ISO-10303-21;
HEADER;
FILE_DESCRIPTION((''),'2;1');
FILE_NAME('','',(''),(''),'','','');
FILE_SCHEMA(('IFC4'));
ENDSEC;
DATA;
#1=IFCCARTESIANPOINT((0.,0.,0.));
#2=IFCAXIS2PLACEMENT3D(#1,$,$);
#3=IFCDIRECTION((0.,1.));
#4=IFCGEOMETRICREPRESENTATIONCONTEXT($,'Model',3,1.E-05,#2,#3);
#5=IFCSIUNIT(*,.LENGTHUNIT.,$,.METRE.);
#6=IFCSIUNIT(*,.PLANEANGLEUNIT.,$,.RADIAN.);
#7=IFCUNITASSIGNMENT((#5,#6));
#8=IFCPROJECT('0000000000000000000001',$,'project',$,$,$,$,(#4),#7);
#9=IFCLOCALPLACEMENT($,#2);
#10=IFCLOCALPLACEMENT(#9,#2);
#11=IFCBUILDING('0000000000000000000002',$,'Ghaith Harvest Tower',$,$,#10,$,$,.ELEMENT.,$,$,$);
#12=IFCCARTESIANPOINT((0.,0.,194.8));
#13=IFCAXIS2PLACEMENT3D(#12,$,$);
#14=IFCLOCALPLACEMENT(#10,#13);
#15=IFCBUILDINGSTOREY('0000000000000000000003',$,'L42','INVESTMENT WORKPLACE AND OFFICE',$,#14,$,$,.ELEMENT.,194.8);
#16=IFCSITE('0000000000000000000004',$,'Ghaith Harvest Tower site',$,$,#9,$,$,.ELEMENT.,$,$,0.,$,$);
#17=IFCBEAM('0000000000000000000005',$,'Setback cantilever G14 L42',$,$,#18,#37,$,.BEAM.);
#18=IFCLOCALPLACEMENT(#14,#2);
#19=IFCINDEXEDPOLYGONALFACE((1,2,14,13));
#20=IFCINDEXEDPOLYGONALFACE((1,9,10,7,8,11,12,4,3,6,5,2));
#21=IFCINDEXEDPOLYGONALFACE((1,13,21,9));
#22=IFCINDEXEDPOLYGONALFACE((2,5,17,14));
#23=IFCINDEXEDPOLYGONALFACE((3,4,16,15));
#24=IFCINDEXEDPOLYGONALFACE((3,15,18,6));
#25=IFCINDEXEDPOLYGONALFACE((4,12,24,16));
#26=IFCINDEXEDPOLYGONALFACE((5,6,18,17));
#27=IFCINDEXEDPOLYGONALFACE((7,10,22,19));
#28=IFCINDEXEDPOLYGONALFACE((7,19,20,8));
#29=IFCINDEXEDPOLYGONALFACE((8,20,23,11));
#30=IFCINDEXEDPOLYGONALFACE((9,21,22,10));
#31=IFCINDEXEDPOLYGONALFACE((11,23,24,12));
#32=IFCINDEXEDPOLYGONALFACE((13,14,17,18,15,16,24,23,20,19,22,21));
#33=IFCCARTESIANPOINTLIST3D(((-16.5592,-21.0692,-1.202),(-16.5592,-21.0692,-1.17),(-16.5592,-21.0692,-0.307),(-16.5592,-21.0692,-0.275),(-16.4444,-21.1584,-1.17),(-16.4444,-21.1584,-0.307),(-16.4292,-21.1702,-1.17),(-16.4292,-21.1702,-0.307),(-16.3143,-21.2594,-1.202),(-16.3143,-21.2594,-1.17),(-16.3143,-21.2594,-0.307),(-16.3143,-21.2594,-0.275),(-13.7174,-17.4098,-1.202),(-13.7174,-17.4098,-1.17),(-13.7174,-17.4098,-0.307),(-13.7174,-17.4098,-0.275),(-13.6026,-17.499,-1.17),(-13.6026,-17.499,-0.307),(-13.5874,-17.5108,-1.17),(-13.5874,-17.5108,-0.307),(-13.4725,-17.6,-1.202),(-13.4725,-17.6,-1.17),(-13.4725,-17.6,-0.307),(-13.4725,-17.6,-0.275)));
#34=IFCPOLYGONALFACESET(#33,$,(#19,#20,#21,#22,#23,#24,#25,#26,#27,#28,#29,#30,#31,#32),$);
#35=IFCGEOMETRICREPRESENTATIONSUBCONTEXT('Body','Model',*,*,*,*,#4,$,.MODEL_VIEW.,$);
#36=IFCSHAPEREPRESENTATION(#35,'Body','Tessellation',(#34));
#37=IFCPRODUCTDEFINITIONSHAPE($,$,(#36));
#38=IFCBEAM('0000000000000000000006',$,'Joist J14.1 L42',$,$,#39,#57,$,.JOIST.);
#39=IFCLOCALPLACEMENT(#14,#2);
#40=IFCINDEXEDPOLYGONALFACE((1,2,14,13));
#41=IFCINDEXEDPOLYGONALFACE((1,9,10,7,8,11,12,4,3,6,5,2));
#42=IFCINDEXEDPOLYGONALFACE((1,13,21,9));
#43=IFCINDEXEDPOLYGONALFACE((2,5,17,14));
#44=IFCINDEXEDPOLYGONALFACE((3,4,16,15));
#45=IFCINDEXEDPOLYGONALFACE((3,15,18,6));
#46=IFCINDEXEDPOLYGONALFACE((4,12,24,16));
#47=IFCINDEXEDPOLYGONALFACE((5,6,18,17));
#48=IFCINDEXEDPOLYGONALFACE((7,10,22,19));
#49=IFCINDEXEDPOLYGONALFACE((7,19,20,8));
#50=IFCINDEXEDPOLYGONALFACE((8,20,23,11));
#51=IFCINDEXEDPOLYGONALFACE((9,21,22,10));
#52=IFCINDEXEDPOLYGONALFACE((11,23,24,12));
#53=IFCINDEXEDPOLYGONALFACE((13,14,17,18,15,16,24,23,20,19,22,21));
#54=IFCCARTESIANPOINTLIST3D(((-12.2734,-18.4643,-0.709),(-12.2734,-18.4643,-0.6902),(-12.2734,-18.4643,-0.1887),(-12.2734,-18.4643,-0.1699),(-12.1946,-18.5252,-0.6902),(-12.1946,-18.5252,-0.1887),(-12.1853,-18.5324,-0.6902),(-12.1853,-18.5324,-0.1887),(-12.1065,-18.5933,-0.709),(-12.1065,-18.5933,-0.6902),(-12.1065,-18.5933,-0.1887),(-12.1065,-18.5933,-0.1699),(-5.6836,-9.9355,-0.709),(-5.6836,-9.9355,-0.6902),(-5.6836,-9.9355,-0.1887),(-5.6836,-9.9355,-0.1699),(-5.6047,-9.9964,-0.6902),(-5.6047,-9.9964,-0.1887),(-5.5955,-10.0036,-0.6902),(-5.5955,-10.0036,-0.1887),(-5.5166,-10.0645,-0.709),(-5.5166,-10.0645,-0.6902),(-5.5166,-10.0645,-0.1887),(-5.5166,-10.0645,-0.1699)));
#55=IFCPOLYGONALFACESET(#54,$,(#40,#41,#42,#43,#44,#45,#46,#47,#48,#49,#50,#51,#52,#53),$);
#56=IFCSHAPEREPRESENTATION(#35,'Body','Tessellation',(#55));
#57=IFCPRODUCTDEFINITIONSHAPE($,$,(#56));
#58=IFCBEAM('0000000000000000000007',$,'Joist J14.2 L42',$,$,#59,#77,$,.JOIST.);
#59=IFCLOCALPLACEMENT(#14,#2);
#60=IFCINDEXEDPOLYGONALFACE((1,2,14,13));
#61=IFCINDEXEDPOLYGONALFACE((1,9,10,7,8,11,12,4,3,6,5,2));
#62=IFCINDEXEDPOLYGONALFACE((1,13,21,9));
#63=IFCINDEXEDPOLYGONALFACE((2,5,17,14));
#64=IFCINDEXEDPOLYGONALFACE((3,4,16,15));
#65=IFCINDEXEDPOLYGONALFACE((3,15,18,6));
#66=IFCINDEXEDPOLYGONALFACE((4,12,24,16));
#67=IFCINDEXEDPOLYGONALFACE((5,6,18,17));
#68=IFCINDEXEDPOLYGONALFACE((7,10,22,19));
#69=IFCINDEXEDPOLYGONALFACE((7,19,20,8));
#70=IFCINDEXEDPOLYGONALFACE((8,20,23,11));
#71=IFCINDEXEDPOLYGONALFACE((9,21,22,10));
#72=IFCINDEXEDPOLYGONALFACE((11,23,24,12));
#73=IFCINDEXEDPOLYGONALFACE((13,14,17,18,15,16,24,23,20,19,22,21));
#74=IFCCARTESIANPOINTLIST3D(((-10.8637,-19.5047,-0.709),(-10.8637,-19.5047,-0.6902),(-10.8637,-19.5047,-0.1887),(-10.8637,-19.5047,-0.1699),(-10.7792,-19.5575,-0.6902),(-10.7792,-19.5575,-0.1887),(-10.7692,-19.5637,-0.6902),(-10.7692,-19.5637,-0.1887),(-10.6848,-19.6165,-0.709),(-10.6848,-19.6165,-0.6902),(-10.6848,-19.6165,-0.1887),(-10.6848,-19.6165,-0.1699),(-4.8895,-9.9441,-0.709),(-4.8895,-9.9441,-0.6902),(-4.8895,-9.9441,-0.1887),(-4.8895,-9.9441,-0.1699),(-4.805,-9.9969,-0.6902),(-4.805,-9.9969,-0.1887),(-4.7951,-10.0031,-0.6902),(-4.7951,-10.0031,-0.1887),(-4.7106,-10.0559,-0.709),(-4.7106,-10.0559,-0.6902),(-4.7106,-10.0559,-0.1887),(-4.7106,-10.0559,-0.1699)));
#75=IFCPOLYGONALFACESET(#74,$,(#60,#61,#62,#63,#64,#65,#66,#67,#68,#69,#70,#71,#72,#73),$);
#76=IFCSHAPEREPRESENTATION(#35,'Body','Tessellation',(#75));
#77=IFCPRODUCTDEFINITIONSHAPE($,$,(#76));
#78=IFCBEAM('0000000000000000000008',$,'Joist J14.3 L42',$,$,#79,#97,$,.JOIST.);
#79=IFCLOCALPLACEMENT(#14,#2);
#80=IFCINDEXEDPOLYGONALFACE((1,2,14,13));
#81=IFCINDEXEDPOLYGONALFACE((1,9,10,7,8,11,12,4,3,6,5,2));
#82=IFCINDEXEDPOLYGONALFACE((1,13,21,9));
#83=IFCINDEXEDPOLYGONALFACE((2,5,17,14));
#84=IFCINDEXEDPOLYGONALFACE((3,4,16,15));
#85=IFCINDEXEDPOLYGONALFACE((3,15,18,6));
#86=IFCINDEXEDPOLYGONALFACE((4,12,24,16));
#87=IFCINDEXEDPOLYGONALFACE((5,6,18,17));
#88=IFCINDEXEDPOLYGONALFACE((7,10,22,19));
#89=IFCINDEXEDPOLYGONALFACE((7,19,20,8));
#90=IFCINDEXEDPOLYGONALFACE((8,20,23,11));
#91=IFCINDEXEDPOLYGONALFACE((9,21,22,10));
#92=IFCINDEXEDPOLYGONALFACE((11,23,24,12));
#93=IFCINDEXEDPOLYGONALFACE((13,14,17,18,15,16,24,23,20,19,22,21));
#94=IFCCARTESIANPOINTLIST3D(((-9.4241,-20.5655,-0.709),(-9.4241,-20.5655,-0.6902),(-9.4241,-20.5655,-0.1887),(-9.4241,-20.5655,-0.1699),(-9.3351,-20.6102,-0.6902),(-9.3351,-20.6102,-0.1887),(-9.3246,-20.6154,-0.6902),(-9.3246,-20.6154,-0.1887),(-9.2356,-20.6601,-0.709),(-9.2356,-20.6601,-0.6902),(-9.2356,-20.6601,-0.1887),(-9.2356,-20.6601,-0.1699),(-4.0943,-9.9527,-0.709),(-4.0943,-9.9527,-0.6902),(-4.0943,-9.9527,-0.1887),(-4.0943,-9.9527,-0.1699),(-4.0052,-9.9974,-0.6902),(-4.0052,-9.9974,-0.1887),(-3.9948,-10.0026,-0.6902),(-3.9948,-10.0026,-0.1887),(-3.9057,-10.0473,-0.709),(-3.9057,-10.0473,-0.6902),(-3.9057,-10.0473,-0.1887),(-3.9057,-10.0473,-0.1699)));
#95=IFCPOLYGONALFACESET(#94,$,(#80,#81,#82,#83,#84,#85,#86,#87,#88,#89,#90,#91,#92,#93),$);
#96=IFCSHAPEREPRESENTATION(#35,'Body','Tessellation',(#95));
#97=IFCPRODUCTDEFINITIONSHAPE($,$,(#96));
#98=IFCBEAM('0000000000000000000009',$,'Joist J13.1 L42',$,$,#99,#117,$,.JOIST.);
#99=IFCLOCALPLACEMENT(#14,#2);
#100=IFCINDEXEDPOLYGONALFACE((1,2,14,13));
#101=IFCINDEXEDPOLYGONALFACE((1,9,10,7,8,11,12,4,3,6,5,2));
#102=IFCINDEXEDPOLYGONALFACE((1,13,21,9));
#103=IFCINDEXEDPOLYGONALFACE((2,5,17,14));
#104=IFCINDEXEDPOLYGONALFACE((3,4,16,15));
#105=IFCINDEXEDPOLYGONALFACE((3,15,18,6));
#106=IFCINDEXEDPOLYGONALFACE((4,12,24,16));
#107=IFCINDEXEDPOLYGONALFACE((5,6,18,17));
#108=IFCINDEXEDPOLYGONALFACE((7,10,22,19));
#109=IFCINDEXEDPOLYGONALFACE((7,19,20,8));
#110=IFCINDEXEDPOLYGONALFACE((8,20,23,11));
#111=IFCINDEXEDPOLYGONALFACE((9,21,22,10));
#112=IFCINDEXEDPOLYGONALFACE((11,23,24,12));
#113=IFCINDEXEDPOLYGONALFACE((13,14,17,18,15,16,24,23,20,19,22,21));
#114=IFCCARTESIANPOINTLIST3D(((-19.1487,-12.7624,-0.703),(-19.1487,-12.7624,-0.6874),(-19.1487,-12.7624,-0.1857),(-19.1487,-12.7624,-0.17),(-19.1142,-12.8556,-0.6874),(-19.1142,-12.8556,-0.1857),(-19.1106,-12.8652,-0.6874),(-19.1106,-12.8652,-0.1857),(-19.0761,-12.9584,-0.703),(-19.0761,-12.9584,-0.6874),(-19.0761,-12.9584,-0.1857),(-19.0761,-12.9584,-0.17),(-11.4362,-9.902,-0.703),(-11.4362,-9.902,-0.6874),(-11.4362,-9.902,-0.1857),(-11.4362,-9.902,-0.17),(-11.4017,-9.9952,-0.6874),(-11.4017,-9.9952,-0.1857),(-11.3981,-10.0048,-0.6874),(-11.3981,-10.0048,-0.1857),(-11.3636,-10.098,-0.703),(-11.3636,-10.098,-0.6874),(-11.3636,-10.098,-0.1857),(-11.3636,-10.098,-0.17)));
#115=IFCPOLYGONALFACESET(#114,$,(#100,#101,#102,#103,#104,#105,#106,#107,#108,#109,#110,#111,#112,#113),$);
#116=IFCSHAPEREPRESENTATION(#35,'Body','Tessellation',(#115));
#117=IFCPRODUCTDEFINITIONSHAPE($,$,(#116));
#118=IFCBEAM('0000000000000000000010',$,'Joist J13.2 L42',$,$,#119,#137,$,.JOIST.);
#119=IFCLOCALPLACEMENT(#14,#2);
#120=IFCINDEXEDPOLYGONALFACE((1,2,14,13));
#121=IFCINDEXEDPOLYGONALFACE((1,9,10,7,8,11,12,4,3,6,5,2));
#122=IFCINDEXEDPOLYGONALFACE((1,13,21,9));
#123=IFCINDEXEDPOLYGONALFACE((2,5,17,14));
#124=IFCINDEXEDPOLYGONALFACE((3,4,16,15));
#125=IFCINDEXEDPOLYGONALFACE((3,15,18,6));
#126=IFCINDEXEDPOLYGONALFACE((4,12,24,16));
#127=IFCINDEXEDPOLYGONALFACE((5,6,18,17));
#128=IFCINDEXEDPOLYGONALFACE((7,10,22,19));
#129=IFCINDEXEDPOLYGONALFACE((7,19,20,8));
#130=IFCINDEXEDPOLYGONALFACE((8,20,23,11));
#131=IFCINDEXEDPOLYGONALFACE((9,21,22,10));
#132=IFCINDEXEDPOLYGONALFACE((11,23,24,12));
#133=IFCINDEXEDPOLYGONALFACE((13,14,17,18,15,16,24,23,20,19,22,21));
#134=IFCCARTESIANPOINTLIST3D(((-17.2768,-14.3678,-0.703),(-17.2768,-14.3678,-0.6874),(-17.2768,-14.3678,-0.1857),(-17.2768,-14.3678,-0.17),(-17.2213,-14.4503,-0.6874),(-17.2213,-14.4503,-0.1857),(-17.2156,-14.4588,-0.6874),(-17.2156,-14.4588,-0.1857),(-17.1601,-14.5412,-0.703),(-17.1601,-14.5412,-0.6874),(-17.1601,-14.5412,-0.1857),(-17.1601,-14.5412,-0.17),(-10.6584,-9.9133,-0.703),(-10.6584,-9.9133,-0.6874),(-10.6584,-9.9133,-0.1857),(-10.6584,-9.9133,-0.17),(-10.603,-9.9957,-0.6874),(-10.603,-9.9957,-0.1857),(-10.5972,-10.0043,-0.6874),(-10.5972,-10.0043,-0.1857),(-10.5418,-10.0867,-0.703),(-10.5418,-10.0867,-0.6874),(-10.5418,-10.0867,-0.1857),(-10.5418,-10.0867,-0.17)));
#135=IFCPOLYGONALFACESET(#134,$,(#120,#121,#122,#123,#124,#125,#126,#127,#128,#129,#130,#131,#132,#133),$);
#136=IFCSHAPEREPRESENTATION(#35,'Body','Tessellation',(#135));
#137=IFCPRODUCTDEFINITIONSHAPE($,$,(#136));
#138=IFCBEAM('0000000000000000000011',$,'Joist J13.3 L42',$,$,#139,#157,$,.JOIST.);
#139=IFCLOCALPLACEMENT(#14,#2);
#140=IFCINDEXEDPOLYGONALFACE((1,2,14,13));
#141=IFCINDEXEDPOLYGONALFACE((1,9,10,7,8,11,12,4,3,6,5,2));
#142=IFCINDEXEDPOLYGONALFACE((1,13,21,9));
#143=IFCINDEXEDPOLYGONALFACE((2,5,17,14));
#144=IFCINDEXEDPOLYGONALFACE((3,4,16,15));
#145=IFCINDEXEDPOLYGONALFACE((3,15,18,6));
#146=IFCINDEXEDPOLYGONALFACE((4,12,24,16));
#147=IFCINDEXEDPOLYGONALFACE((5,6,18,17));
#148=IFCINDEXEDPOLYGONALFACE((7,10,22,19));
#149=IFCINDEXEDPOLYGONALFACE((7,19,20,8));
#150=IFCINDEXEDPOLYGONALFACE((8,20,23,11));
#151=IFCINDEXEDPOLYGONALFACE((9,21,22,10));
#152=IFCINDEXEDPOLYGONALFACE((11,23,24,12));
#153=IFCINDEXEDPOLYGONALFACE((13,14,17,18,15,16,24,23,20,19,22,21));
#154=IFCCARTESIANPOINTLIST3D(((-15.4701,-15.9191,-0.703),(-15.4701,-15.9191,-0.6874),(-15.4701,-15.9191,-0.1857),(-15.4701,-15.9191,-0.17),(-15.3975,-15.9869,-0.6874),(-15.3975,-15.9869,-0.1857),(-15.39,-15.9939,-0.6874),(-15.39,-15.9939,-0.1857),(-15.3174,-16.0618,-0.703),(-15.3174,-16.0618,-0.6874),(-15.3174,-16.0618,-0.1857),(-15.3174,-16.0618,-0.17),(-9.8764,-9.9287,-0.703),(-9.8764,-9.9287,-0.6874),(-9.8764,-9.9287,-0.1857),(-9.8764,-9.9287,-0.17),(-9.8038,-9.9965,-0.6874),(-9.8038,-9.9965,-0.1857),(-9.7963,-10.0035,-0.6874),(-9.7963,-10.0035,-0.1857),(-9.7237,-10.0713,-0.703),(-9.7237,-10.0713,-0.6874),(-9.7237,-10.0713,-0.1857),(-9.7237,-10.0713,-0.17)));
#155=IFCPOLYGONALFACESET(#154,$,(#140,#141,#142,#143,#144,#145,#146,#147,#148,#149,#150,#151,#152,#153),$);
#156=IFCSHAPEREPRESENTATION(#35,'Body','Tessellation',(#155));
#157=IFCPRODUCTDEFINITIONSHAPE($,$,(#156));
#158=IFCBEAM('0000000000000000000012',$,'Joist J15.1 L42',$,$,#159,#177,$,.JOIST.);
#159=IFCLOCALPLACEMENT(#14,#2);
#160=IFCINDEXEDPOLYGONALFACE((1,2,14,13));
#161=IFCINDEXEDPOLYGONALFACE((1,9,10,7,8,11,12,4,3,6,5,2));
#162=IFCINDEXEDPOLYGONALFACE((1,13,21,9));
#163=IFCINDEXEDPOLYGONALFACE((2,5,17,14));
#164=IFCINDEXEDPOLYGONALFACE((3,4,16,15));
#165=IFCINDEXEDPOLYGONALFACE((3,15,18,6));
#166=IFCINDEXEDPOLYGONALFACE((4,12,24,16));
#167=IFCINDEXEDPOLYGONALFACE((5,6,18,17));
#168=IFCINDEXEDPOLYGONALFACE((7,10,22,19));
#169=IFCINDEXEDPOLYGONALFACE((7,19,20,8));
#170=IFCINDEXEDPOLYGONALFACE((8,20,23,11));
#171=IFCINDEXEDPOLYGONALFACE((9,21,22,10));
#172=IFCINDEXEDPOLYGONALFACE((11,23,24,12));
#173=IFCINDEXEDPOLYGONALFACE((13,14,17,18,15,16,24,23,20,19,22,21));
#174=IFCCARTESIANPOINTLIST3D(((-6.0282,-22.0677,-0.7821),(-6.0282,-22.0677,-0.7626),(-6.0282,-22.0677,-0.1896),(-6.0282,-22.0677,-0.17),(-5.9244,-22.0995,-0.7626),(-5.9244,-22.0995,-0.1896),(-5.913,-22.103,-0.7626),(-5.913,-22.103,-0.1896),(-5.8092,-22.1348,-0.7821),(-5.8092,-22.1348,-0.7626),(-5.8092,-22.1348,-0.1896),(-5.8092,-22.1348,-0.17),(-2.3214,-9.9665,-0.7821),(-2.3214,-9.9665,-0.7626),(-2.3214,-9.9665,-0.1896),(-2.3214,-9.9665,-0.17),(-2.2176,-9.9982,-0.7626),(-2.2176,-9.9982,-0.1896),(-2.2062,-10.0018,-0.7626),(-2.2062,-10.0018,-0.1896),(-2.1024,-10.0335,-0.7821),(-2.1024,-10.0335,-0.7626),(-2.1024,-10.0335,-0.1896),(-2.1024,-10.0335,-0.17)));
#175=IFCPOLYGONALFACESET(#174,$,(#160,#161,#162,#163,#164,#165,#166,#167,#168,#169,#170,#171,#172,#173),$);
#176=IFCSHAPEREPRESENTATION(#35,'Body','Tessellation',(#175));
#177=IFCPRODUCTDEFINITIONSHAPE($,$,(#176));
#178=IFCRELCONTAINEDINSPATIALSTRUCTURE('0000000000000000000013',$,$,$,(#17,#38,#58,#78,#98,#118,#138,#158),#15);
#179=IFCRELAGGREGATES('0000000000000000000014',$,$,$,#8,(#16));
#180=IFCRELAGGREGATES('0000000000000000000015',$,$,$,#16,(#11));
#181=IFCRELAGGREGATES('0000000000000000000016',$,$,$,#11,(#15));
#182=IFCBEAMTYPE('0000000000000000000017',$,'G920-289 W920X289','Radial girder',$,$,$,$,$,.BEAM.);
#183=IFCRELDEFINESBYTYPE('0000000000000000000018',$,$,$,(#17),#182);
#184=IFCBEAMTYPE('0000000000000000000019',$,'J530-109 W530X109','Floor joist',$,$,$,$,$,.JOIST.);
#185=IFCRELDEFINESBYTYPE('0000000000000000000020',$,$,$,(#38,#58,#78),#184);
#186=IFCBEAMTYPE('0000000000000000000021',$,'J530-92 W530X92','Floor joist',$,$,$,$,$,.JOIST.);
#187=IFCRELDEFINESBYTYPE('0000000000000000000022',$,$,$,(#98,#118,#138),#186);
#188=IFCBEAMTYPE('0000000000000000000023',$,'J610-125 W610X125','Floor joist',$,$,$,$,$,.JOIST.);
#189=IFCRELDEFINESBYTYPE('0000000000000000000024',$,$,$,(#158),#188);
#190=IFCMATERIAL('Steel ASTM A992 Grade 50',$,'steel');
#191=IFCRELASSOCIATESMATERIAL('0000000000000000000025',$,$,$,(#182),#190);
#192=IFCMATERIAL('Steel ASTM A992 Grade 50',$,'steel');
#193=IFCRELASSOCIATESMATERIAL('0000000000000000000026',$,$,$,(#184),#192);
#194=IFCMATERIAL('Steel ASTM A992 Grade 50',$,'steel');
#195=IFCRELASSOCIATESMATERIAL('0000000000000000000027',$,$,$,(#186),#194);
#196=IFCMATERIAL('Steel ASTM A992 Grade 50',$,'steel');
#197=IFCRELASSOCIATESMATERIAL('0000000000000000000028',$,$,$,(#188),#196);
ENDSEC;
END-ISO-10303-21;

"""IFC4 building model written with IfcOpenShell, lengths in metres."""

from ifc_helpers import new_model, si_unit, direction, frame, origin, origin_2d, place, context, subcontext, project, spatial, i_section, extrude, material, material_profile, profile_set, type_object, element, save


model = new_model("IFC4")

# Units and contexts
model_context = context("Model", 3, precision=1e-05, world=origin(), true_north=direction((0.0, 1.0)))
body_context = subcontext(model_context, "Body", "Model", "MODEL_VIEW")
ifc_project = project(units=[si_unit("LENGTHUNIT", "METRE"), si_unit("PLANEANGLEUNIT", "RADIAN")], contexts=[model_context])

# Site, building, storey
site_placement = place(None, origin())
site = spatial("IfcSite", under=ifc_project, at=site_placement, Name="Ghaith Harvest Tower site", CompositionType="ELEMENT", RefElevation=0.0)
building_placement = place(site_placement, origin())
building = spatial("IfcBuilding", under=site, at=building_placement, Name="Ghaith Harvest Tower", CompositionType="ELEMENT")
storey_placement = place(building_placement, frame((0.0, 0.0, 194.8)))
storey = spatial("IfcBuildingStorey", under=building, at=storey_placement, Name="L42", Description="INVESTMENT WORKPLACE AND OFFICE", CompositionType="ELEMENT", Elevation=194.8)

# Beams
ifc_material_1 = material(Name="Steel ASTM A992 Grade 50", Category="steel")
ifc_material_profile_1 = material_profile(ifc_material_1, i_section(OverallWidth=0.3101, OverallDepth=0.927, WebThickness=0.0193, FlangeThickness=0.032, at=origin_2d()), Name="W920X289")
ifc_profile_set_1 = profile_set([ifc_material_profile_1], Name="Steel ASTM A992 Grade 50")
beam_type_1 = type_object("IfcBeamType", Name="G920-289 W920X289", Description="Radial girder", PredefinedType="BEAM", material=ifc_profile_set_1)
beam_1_placement = place(storey_placement, frame((-13.595, -17.5049, -0.7385), z_axis=(-0.613346, -0.789814, 0.0), x_axis=(0.789814, -0.613346, 0.0)))
element("IfcBeam", 1, at=beam_1_placement, inside=storey, type_object=beam_type_1, Name="Setback cantilever G14 L42", PredefinedType="BEAM", context=body_context, shape_type="SweptSolid", body=[
    extrude(i_section(OverallWidth=0.3101, OverallDepth=0.927, WebThickness=0.0193, FlangeThickness=0.032, at=origin_2d()), origin(), (0.0, 0.0, 1.0), 4.6333),
])
ifc_material_2 = material(Name="Steel ASTM A992 Grade 50", Category="steel")
ifc_material_profile_2 = material_profile(ifc_material_2, i_section(OverallWidth=0.2109, OverallDepth=0.5391, WebThickness=0.0117, FlangeThickness=0.0188, at=origin_2d()), Name="W530X109")
ifc_profile_set_2 = profile_set([ifc_material_profile_2], Name="Steel ASTM A992 Grade 50")
beam_type_2 = type_object("IfcBeamType", Name="J530-109 W530X109", Description="Floor joist", PredefinedType="JOIST", material=ifc_profile_set_2)
beam_2_placement = place(storey_placement, frame((-5.6001, -10.0, -0.4395), z_axis=(-0.611413, -0.791312, 0.0), x_axis=(0.791312, -0.611413, 0.0)))
element("IfcBeam", 2, at=beam_2_placement, inside=storey, type_object=beam_type_2, Name="Joist J14.1 L42", PredefinedType="JOIST", context=body_context, shape_type="SweptSolid", body=[
    extrude(i_section(OverallWidth=0.2109, OverallDepth=0.5391, WebThickness=0.0117, FlangeThickness=0.0188, at=origin_2d()), origin(), (0.0, 0.0, 1.0), 10.7781),
])
beam_3_placement = place(storey_placement, frame((-4.8, -10.0, -0.4395), z_axis=(-0.529921, -0.848047, 0.0), x_axis=(0.848047, -0.529921, 0.0)))
element("IfcBeam", 3, at=beam_3_placement, inside=storey, type_object=beam_type_2, Name="Joist J14.2 L42", PredefinedType="JOIST", context=body_context, shape_type="SweptSolid", body=[
    extrude(i_section(OverallWidth=0.2109, OverallDepth=0.5391, WebThickness=0.0117, FlangeThickness=0.0188, at=origin_2d()), origin(), (0.0, 0.0, 1.0), 11.2737),
])
beam_4_placement = place(storey_placement, frame((-4.0, -10.0, -0.4395), z_axis=(-0.448792, -0.893636, 0.0), x_axis=(0.893636, -0.448792, 0.0)))
element("IfcBeam", 4, at=beam_4_placement, inside=storey, type_object=beam_type_2, Name="Joist J14.3 L42", PredefinedType="JOIST", context=body_context, shape_type="SweptSolid", body=[
    extrude(i_section(OverallWidth=0.2109, OverallDepth=0.5391, WebThickness=0.0117, FlangeThickness=0.0188, at=origin_2d()), origin(), (0.0, 0.0, 1.0), 11.876),
])
ifc_material_3 = material(Name="Steel ASTM A992 Grade 50", Category="steel")
ifc_material_profile_3 = material_profile(ifc_material_3, i_section(OverallWidth=0.209, OverallDepth=0.533, WebThickness=0.0103, FlangeThickness=0.0156, at=origin_2d()), Name="W530X92")
ifc_profile_set_3 = profile_set([ifc_material_profile_3], Name="Steel ASTM A992 Grade 50")
beam_type_3 = type_object("IfcBeamType", Name="J530-92 W530X92", Description="Floor joist", PredefinedType="JOIST", material=ifc_profile_set_3)
beam_5_placement = place(storey_placement, frame((-11.3999, -10.0, -0.4365), z_axis=(-0.937594, -0.347732, 0.0), x_axis=(0.347732, -0.937594, 0.0)))
element("IfcBeam", 5, at=beam_5_placement, inside=storey, type_object=beam_type_3, Name="Joist J13.1 L42", PredefinedType="JOIST", context=body_context, shape_type="SweptSolid", body=[
    extrude(i_section(OverallWidth=0.209, OverallDepth=0.533, WebThickness=0.0103, FlangeThickness=0.0156, at=origin_2d()), origin(), (0.0, 0.0, 1.0), 8.2258),
])
beam_6_placement = place(storey_placement, frame((-10.6001, -10.0, -0.4365), z_axis=(-0.829594, -0.558367, 0.0), x_axis=(0.558367, -0.829594, 0.0)))
element("IfcBeam", 6, at=beam_6_placement, inside=storey, type_object=beam_type_3, Name="Joist J13.2 L42", PredefinedType="JOIST", context=body_context, shape_type="SweptSolid", body=[
    extrude(i_section(OverallWidth=0.209, OverallDepth=0.533, WebThickness=0.0103, FlangeThickness=0.0156, at=origin_2d()), origin(), (0.0, 0.0, 1.0), 7.9778),
])
beam_7_placement = place(storey_placement, frame((-9.8, -10.0, -0.4365), z_axis=(-0.68249, -0.730895, 0.0), x_axis=(0.730895, -0.68249, 0.0)))
element("IfcBeam", 7, at=beam_7_placement, inside=storey, type_object=beam_type_3, Name="Joist J13.3 L42", PredefinedType="JOIST", context=body_context, shape_type="SweptSolid", body=[
    extrude(i_section(OverallWidth=0.209, OverallDepth=0.533, WebThickness=0.0103, FlangeThickness=0.0156, at=origin_2d()), origin(), (0.0, 0.0, 1.0), 8.196),
])
ifc_material_4 = material(Name="Steel ASTM A992 Grade 50", Category="steel")
ifc_material_profile_4 = material_profile(ifc_material_4, i_section(OverallWidth=0.229, OverallDepth=0.6121, WebThickness=0.012, FlangeThickness=0.0195, at=origin_2d()), Name="W610X125")
ifc_profile_set_4 = profile_set([ifc_material_profile_4], Name="Steel ASTM A992 Grade 50")
beam_type_4 = type_object("IfcBeamType", Name="J610-125 W610X125", Description="Floor joist", PredefinedType="JOIST", material=ifc_profile_set_4)
beam_8_placement = place(storey_placement, frame((-2.2119, -10.0, -0.4761), z_axis=(-0.292881, -0.956149, 0.0), x_axis=(0.956149, -0.292881, 0.0)))
element("IfcBeam", 8, at=beam_8_placement, inside=storey, type_object=beam_type_4, Name="Joist J15.1 L42", PredefinedType="JOIST", context=body_context, shape_type="SweptSolid", body=[
    extrude(i_section(OverallWidth=0.229, OverallDepth=0.6121, WebThickness=0.012, FlangeThickness=0.0195, at=origin_2d()), origin(), (0.0, 0.0, 1.0), 12.6562),
])

save(model, "model.ifc")
